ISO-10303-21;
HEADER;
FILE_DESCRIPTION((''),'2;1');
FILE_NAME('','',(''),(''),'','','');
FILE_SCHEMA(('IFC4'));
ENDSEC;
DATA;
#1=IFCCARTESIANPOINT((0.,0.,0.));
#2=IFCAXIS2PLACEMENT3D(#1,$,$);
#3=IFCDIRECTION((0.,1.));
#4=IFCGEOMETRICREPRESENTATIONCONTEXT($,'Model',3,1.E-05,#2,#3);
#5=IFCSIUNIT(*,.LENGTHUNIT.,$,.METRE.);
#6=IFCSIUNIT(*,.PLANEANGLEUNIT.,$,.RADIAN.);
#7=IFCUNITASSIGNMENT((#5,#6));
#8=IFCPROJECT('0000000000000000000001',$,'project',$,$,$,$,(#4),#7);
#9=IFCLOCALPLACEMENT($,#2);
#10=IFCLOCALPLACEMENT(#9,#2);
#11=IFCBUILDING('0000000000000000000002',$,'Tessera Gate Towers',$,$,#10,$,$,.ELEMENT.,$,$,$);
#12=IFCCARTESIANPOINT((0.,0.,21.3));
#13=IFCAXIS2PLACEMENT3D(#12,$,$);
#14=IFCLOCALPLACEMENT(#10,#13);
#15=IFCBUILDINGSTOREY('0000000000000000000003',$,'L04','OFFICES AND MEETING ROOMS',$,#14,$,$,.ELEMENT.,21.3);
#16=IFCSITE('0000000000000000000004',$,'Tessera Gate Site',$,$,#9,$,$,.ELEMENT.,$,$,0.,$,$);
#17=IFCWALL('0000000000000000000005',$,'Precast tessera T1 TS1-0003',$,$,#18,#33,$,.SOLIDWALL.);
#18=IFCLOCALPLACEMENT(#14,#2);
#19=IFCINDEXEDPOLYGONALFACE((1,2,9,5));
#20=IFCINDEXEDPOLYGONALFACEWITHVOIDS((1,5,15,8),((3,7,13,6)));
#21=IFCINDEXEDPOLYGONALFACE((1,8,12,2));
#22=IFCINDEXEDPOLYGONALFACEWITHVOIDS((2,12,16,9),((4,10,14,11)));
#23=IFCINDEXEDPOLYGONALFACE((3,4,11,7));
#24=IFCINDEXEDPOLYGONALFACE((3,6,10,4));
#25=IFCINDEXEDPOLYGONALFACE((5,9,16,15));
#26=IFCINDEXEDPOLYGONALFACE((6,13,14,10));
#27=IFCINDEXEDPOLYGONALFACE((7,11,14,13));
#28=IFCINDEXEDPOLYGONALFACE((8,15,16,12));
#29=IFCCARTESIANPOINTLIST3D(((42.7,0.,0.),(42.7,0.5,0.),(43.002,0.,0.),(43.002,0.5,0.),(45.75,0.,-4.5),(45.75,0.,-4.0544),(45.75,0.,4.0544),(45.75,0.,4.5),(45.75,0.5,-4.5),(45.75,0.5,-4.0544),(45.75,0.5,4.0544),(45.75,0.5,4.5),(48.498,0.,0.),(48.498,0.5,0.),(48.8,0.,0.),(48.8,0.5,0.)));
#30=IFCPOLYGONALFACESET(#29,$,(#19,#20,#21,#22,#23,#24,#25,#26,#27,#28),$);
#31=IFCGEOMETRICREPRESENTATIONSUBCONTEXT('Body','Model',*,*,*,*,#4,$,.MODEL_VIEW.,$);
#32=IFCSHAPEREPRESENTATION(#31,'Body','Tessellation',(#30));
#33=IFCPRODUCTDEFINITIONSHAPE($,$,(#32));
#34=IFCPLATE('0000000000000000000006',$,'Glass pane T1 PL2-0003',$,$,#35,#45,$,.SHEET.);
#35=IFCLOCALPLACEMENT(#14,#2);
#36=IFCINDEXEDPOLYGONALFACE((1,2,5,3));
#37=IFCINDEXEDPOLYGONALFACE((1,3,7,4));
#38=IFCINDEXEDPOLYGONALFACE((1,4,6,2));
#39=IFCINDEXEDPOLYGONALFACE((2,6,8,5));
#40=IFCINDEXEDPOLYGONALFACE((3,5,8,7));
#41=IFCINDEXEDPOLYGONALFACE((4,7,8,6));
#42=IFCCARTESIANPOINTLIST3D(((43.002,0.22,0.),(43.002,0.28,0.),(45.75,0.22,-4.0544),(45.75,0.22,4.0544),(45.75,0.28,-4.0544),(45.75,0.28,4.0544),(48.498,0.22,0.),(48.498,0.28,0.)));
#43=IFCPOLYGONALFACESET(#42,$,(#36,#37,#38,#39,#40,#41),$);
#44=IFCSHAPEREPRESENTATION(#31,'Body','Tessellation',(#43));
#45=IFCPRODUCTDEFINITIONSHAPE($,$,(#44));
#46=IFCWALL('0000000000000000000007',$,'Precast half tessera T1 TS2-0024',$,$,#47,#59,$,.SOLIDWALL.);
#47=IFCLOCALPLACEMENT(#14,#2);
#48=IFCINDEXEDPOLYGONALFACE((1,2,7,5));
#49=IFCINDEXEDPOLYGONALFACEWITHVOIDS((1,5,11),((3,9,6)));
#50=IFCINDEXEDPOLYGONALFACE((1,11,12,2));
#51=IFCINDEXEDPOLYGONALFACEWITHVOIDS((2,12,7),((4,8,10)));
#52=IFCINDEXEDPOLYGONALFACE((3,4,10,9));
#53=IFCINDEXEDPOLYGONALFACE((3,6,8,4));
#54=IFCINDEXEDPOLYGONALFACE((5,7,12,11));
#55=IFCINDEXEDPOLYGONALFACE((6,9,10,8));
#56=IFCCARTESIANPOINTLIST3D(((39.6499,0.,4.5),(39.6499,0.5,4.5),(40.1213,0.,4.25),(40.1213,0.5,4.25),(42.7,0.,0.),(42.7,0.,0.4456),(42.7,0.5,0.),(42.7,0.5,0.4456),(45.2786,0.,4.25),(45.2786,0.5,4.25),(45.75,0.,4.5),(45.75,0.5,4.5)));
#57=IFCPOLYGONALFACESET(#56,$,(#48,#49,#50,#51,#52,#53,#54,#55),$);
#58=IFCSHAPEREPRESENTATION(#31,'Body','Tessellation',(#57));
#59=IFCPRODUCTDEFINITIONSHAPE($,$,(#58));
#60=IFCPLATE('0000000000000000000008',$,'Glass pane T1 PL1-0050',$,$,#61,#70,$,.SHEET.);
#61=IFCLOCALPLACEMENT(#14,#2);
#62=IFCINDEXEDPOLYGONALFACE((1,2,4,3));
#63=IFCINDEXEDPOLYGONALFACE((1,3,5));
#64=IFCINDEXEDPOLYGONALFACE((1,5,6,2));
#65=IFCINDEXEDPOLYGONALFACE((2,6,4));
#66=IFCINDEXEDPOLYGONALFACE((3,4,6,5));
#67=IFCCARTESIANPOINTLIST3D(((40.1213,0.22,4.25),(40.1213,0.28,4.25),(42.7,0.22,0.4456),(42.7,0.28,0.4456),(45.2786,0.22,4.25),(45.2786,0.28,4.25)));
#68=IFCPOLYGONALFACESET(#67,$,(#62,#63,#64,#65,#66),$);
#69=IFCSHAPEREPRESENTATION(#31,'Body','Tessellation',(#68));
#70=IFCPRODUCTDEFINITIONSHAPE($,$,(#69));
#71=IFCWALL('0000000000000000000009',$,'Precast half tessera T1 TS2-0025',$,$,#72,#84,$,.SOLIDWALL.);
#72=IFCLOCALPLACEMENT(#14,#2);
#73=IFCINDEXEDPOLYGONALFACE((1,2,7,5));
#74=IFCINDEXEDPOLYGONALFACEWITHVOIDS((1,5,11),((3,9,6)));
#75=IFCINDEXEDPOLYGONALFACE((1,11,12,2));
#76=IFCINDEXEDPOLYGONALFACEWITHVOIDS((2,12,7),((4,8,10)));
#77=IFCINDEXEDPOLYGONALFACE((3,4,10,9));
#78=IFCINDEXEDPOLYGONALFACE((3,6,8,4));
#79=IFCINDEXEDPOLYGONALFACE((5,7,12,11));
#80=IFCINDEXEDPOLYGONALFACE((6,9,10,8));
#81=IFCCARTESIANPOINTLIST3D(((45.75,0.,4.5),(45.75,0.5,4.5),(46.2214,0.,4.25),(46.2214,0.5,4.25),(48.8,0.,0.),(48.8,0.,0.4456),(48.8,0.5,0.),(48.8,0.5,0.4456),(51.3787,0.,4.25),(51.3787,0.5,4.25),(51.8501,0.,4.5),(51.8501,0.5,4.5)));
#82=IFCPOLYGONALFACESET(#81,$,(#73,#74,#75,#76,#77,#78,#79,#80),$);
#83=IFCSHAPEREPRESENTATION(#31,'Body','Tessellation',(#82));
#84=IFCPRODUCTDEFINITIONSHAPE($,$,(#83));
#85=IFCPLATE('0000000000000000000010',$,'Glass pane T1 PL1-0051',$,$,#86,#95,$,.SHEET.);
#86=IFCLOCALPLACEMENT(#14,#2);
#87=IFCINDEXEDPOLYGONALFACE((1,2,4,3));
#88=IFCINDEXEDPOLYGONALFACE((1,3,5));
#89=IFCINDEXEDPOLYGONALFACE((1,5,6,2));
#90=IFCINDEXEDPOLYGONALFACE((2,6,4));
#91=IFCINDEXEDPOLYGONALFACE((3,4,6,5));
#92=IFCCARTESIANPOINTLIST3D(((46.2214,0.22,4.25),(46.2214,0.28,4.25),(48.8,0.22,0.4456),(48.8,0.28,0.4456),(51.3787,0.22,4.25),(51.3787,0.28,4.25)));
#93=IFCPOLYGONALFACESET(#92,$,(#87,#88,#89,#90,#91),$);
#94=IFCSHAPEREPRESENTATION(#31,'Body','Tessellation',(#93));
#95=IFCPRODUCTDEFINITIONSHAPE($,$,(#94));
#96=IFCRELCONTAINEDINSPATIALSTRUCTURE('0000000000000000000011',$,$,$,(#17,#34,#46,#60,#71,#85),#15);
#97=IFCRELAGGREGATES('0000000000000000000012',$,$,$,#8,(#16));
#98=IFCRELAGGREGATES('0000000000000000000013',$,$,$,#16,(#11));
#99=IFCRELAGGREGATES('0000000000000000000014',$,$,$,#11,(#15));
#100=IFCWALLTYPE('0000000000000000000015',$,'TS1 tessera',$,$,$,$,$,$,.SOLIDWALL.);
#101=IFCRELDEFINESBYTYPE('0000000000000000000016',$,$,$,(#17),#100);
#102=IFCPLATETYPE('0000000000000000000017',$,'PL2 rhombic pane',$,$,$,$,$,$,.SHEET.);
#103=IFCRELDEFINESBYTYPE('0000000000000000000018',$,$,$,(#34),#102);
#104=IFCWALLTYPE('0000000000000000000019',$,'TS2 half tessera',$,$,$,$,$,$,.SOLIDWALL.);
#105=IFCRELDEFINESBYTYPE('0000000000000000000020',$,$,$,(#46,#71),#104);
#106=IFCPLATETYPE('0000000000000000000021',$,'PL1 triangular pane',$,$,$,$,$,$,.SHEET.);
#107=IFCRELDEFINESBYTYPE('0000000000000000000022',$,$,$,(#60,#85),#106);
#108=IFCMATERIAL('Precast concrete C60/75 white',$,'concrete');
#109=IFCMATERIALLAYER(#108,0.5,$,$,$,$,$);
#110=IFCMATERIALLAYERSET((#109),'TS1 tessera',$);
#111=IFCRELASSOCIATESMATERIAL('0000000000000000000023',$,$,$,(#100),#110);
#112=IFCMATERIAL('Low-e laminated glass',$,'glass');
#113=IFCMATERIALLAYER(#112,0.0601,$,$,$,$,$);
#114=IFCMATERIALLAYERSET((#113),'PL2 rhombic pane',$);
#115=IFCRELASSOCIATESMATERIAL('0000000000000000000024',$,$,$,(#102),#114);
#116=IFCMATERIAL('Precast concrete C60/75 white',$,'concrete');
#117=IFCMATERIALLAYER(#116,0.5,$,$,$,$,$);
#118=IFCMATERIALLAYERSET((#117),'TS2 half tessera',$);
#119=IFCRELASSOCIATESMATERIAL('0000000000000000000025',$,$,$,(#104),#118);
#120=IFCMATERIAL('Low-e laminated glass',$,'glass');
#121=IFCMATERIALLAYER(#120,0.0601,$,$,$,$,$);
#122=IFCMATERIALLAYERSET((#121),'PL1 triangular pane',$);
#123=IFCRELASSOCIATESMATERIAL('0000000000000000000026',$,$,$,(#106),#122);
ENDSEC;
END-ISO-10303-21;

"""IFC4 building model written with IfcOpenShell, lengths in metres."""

from ifc_helpers import new_model, si_unit, direction, frame, origin, place, context, subcontext, project, spatial, polyline, outline, extrude, source, transform, mapped, material, layer, layer_set, type_object, element, fill, save


model = new_model("IFC4")

# Units and contexts
model_context = context("Model", 3, precision=1e-05, world=origin(), true_north=direction((0.0, 1.0)))
body_context = subcontext(model_context, "Body", "Model", "MODEL_VIEW")
ifc_project = project(units=[si_unit("LENGTHUNIT", "METRE"), si_unit("PLANEANGLEUNIT", "RADIAN")], contexts=[model_context])

# Site, building, storey
site_placement = place(None, origin())
site = spatial("IfcSite", under=ifc_project, at=site_placement, Name="Tessera Gate Site", CompositionType="ELEMENT", RefElevation=0.0)
building_placement = place(site_placement, origin())
building = spatial("IfcBuilding", under=site, at=building_placement, Name="Tessera Gate Towers", CompositionType="ELEMENT")
storey_placement = place(building_placement, frame((0.0, 0.0, 21.3)))
storey = spatial("IfcBuildingStorey", under=building, at=storey_placement, Name="L04", Description="OFFICES AND MEETING ROOMS", CompositionType="ELEMENT", Elevation=21.3)

# Walls, openings, plates
ifc_material_1 = material(Name="Precast concrete C60/75 white", Category="concrete")
ifc_layer_1 = layer(ifc_material_1, 0.5)
ifc_layer_set_1 = layer_set([ifc_layer_1], Name="TS1 tessera")
wall_type_1 = type_object("IfcWallType", Name="TS1 tessera", PredefinedType="SOLIDWALL", material=ifc_layer_set_1)
shared_shape_1 = source(origin(), body_context, "Body", "SweptSolid", [
    extrude(outline(polyline([(3.05, 0.0), (6.1001, 4.5), (3.05, 9.0), (0.0, 4.5), (3.05, 0.0)])), frame((0.0, 0.25, 0.0), z_axis=(0.0, -1.0, 0.0), x_axis=(1.0, 0.0, 0.0)), (0.0, 0.0, 1.0), 0.5),
])
wall_1_placement = place(storey_placement, frame((42.7, 0.25, -4.5), z_axis=(0.0, 0.0, 1.0), x_axis=(1.0, 0.0, 0.0)))
wall_1 = element("IfcWall", 1, at=wall_1_placement, inside=storey, type_object=wall_type_1, Name="Precast tessera T1 TS1-0003", PredefinedType="SOLIDWALL", context=body_context, shape_type="MappedRepresentation", body=[
    mapped(shared_shape_1, transform((0.0, 0.0, 0.0), scale=1.0)),
])
shared_shape_2 = source(origin(), body_context, "Body", "SweptSolid", [
    extrude(outline(polyline([(3.05, 0.4456), (5.7981, 4.5), (3.05, 8.5544), (0.302, 4.5), (3.05, 0.4456)])), frame((0.0, 0.26, 0.0), z_axis=(0.0, -1.0, 0.0), x_axis=(1.0, 0.0, 0.0)), (0.0, 0.0, 1.0), 0.52),
])
opening_1_placement = place(wall_1_placement, origin())
opening_1 = element("IfcOpeningElement", 2, at=opening_1_placement, cuts=wall_1, PredefinedType="OPENING", context=body_context, shape_type="MappedRepresentation", body=[
    mapped(shared_shape_2, transform((0.0, 0.0, 0.0), scale=1.0)),
])
ifc_material_2 = material(Name="Low-e laminated glass", Category="glass")
ifc_layer_2 = layer(ifc_material_2, 0.0601)
ifc_layer_set_2 = layer_set([ifc_layer_2], Name="PL2 rhombic pane")
plate_type_1 = type_object("IfcPlateType", Name="PL2 rhombic pane", PredefinedType="SHEET", material=ifc_layer_set_2)
shared_shape_3 = source(origin(), body_context, "Body", "SweptSolid", [
    extrude(outline(polyline([(3.05, 0.4456), (5.7981, 4.5), (3.05, 8.5544), (0.302, 4.5), (3.05, 0.4456)])), frame((0.0, 0.03, 0.0), z_axis=(0.0, -1.0, 0.0), x_axis=(1.0, 0.0, 0.0)), (0.0, 0.0, 1.0), 0.0601),
])
plate_1_placement = place(opening_1_placement, origin())
plate_1 = element("IfcPlate", 3, at=plate_1_placement, inside=storey, type_object=plate_type_1, Name="Glass pane T1 PL2-0003", PredefinedType="SHEET", context=body_context, shape_type="MappedRepresentation", body=[
    mapped(shared_shape_3, transform((0.0, 0.0, 0.0), scale=1.0)),
])
fill(opening_1, plate_1)
ifc_material_3 = material(Name="Precast concrete C60/75 white", Category="concrete")
ifc_layer_3 = layer(ifc_material_3, 0.5)
ifc_layer_set_3 = layer_set([ifc_layer_3], Name="TS2 half tessera")
wall_type_2 = type_object("IfcWallType", Name="TS2 half tessera", PredefinedType="SOLIDWALL", material=ifc_layer_set_3)
shared_shape_4 = source(origin(), body_context, "Body", "SweptSolid", [
    extrude(outline(polyline([(3.05, 0.0), (6.1001, 4.5), (0.0, 4.5), (3.05, 0.0)])), frame((0.0, 0.25, 0.0), z_axis=(0.0, -1.0, 0.0), x_axis=(1.0, 0.0, 0.0)), (0.0, 0.0, 1.0), 0.5),
])
wall_2_placement = place(storey_placement, frame((39.6499, 0.25, 0.0), z_axis=(0.0, 0.0, 1.0), x_axis=(1.0, 0.0, 0.0)))
wall_2 = element("IfcWall", 4, at=wall_2_placement, inside=storey, type_object=wall_type_2, Name="Precast half tessera T1 TS2-0024", PredefinedType="SOLIDWALL", context=body_context, shape_type="MappedRepresentation", body=[
    mapped(shared_shape_4, transform((0.0, 0.0, 0.0), scale=1.0)),
])
shared_shape_5 = source(origin(), body_context, "Body", "SweptSolid", [
    extrude(outline(polyline([(3.05, 0.4456), (5.6287, 4.25), (0.4714, 4.25), (3.05, 0.4456)])), frame((0.0, 0.26, 0.0), z_axis=(0.0, -1.0, 0.0), x_axis=(1.0, 0.0, 0.0)), (0.0, 0.0, 1.0), 0.52),
])
opening_2_placement = place(wall_2_placement, origin())
opening_2 = element("IfcOpeningElement", 5, at=opening_2_placement, cuts=wall_2, PredefinedType="OPENING", context=body_context, shape_type="MappedRepresentation", body=[
    mapped(shared_shape_5, transform((0.0, 0.0, 0.0), scale=1.0)),
])
ifc_material_4 = material(Name="Low-e laminated glass", Category="glass")
ifc_layer_4 = layer(ifc_material_4, 0.0601)
ifc_layer_set_4 = layer_set([ifc_layer_4], Name="PL1 triangular pane")
plate_type_2 = type_object("IfcPlateType", Name="PL1 triangular pane", PredefinedType="SHEET", material=ifc_layer_set_4)
shared_shape_6 = source(origin(), body_context, "Body", "SweptSolid", [
    extrude(outline(polyline([(3.05, 0.4456), (5.6287, 4.25), (0.4714, 4.25), (3.05, 0.4456)])), frame((0.0, 0.03, 0.0), z_axis=(0.0, -1.0, 0.0), x_axis=(1.0, 0.0, 0.0)), (0.0, 0.0, 1.0), 0.0601),
])
plate_2_placement = place(opening_2_placement, origin())
plate_2 = element("IfcPlate", 6, at=plate_2_placement, inside=storey, type_object=plate_type_2, Name="Glass pane T1 PL1-0050", PredefinedType="SHEET", context=body_context, shape_type="MappedRepresentation", body=[
    mapped(shared_shape_6, transform((0.0, 0.0, 0.0), scale=1.0)),
])
fill(opening_2, plate_2)
wall_3_placement = place(storey_placement, frame((45.75, 0.25, 0.0), z_axis=(0.0, 0.0, 1.0), x_axis=(1.0, 0.0, 0.0)))
wall_3 = element("IfcWall", 7, at=wall_3_placement, inside=storey, type_object=wall_type_2, Name="Precast half tessera T1 TS2-0025", PredefinedType="SOLIDWALL", context=body_context, shape_type="MappedRepresentation", body=[
    mapped(shared_shape_4, transform((0.0, 0.0, 0.0), scale=1.0)),
])
opening_3_placement = place(wall_3_placement, origin())
opening_3 = element("IfcOpeningElement", 8, at=opening_3_placement, cuts=wall_3, PredefinedType="OPENING", context=body_context, shape_type="MappedRepresentation", body=[
    mapped(shared_shape_5, transform((0.0, 0.0, 0.0), scale=1.0)),
])
plate_3_placement = place(opening_3_placement, origin())
plate_3 = element("IfcPlate", 9, at=plate_3_placement, inside=storey, type_object=plate_type_2, Name="Glass pane T1 PL1-0051", PredefinedType="SHEET", context=body_context, shape_type="MappedRepresentation", body=[
    mapped(shared_shape_6, transform((0.0, 0.0, 0.0), scale=1.0)),
])
fill(opening_3, plate_3)

save(model, "model.ifc")
